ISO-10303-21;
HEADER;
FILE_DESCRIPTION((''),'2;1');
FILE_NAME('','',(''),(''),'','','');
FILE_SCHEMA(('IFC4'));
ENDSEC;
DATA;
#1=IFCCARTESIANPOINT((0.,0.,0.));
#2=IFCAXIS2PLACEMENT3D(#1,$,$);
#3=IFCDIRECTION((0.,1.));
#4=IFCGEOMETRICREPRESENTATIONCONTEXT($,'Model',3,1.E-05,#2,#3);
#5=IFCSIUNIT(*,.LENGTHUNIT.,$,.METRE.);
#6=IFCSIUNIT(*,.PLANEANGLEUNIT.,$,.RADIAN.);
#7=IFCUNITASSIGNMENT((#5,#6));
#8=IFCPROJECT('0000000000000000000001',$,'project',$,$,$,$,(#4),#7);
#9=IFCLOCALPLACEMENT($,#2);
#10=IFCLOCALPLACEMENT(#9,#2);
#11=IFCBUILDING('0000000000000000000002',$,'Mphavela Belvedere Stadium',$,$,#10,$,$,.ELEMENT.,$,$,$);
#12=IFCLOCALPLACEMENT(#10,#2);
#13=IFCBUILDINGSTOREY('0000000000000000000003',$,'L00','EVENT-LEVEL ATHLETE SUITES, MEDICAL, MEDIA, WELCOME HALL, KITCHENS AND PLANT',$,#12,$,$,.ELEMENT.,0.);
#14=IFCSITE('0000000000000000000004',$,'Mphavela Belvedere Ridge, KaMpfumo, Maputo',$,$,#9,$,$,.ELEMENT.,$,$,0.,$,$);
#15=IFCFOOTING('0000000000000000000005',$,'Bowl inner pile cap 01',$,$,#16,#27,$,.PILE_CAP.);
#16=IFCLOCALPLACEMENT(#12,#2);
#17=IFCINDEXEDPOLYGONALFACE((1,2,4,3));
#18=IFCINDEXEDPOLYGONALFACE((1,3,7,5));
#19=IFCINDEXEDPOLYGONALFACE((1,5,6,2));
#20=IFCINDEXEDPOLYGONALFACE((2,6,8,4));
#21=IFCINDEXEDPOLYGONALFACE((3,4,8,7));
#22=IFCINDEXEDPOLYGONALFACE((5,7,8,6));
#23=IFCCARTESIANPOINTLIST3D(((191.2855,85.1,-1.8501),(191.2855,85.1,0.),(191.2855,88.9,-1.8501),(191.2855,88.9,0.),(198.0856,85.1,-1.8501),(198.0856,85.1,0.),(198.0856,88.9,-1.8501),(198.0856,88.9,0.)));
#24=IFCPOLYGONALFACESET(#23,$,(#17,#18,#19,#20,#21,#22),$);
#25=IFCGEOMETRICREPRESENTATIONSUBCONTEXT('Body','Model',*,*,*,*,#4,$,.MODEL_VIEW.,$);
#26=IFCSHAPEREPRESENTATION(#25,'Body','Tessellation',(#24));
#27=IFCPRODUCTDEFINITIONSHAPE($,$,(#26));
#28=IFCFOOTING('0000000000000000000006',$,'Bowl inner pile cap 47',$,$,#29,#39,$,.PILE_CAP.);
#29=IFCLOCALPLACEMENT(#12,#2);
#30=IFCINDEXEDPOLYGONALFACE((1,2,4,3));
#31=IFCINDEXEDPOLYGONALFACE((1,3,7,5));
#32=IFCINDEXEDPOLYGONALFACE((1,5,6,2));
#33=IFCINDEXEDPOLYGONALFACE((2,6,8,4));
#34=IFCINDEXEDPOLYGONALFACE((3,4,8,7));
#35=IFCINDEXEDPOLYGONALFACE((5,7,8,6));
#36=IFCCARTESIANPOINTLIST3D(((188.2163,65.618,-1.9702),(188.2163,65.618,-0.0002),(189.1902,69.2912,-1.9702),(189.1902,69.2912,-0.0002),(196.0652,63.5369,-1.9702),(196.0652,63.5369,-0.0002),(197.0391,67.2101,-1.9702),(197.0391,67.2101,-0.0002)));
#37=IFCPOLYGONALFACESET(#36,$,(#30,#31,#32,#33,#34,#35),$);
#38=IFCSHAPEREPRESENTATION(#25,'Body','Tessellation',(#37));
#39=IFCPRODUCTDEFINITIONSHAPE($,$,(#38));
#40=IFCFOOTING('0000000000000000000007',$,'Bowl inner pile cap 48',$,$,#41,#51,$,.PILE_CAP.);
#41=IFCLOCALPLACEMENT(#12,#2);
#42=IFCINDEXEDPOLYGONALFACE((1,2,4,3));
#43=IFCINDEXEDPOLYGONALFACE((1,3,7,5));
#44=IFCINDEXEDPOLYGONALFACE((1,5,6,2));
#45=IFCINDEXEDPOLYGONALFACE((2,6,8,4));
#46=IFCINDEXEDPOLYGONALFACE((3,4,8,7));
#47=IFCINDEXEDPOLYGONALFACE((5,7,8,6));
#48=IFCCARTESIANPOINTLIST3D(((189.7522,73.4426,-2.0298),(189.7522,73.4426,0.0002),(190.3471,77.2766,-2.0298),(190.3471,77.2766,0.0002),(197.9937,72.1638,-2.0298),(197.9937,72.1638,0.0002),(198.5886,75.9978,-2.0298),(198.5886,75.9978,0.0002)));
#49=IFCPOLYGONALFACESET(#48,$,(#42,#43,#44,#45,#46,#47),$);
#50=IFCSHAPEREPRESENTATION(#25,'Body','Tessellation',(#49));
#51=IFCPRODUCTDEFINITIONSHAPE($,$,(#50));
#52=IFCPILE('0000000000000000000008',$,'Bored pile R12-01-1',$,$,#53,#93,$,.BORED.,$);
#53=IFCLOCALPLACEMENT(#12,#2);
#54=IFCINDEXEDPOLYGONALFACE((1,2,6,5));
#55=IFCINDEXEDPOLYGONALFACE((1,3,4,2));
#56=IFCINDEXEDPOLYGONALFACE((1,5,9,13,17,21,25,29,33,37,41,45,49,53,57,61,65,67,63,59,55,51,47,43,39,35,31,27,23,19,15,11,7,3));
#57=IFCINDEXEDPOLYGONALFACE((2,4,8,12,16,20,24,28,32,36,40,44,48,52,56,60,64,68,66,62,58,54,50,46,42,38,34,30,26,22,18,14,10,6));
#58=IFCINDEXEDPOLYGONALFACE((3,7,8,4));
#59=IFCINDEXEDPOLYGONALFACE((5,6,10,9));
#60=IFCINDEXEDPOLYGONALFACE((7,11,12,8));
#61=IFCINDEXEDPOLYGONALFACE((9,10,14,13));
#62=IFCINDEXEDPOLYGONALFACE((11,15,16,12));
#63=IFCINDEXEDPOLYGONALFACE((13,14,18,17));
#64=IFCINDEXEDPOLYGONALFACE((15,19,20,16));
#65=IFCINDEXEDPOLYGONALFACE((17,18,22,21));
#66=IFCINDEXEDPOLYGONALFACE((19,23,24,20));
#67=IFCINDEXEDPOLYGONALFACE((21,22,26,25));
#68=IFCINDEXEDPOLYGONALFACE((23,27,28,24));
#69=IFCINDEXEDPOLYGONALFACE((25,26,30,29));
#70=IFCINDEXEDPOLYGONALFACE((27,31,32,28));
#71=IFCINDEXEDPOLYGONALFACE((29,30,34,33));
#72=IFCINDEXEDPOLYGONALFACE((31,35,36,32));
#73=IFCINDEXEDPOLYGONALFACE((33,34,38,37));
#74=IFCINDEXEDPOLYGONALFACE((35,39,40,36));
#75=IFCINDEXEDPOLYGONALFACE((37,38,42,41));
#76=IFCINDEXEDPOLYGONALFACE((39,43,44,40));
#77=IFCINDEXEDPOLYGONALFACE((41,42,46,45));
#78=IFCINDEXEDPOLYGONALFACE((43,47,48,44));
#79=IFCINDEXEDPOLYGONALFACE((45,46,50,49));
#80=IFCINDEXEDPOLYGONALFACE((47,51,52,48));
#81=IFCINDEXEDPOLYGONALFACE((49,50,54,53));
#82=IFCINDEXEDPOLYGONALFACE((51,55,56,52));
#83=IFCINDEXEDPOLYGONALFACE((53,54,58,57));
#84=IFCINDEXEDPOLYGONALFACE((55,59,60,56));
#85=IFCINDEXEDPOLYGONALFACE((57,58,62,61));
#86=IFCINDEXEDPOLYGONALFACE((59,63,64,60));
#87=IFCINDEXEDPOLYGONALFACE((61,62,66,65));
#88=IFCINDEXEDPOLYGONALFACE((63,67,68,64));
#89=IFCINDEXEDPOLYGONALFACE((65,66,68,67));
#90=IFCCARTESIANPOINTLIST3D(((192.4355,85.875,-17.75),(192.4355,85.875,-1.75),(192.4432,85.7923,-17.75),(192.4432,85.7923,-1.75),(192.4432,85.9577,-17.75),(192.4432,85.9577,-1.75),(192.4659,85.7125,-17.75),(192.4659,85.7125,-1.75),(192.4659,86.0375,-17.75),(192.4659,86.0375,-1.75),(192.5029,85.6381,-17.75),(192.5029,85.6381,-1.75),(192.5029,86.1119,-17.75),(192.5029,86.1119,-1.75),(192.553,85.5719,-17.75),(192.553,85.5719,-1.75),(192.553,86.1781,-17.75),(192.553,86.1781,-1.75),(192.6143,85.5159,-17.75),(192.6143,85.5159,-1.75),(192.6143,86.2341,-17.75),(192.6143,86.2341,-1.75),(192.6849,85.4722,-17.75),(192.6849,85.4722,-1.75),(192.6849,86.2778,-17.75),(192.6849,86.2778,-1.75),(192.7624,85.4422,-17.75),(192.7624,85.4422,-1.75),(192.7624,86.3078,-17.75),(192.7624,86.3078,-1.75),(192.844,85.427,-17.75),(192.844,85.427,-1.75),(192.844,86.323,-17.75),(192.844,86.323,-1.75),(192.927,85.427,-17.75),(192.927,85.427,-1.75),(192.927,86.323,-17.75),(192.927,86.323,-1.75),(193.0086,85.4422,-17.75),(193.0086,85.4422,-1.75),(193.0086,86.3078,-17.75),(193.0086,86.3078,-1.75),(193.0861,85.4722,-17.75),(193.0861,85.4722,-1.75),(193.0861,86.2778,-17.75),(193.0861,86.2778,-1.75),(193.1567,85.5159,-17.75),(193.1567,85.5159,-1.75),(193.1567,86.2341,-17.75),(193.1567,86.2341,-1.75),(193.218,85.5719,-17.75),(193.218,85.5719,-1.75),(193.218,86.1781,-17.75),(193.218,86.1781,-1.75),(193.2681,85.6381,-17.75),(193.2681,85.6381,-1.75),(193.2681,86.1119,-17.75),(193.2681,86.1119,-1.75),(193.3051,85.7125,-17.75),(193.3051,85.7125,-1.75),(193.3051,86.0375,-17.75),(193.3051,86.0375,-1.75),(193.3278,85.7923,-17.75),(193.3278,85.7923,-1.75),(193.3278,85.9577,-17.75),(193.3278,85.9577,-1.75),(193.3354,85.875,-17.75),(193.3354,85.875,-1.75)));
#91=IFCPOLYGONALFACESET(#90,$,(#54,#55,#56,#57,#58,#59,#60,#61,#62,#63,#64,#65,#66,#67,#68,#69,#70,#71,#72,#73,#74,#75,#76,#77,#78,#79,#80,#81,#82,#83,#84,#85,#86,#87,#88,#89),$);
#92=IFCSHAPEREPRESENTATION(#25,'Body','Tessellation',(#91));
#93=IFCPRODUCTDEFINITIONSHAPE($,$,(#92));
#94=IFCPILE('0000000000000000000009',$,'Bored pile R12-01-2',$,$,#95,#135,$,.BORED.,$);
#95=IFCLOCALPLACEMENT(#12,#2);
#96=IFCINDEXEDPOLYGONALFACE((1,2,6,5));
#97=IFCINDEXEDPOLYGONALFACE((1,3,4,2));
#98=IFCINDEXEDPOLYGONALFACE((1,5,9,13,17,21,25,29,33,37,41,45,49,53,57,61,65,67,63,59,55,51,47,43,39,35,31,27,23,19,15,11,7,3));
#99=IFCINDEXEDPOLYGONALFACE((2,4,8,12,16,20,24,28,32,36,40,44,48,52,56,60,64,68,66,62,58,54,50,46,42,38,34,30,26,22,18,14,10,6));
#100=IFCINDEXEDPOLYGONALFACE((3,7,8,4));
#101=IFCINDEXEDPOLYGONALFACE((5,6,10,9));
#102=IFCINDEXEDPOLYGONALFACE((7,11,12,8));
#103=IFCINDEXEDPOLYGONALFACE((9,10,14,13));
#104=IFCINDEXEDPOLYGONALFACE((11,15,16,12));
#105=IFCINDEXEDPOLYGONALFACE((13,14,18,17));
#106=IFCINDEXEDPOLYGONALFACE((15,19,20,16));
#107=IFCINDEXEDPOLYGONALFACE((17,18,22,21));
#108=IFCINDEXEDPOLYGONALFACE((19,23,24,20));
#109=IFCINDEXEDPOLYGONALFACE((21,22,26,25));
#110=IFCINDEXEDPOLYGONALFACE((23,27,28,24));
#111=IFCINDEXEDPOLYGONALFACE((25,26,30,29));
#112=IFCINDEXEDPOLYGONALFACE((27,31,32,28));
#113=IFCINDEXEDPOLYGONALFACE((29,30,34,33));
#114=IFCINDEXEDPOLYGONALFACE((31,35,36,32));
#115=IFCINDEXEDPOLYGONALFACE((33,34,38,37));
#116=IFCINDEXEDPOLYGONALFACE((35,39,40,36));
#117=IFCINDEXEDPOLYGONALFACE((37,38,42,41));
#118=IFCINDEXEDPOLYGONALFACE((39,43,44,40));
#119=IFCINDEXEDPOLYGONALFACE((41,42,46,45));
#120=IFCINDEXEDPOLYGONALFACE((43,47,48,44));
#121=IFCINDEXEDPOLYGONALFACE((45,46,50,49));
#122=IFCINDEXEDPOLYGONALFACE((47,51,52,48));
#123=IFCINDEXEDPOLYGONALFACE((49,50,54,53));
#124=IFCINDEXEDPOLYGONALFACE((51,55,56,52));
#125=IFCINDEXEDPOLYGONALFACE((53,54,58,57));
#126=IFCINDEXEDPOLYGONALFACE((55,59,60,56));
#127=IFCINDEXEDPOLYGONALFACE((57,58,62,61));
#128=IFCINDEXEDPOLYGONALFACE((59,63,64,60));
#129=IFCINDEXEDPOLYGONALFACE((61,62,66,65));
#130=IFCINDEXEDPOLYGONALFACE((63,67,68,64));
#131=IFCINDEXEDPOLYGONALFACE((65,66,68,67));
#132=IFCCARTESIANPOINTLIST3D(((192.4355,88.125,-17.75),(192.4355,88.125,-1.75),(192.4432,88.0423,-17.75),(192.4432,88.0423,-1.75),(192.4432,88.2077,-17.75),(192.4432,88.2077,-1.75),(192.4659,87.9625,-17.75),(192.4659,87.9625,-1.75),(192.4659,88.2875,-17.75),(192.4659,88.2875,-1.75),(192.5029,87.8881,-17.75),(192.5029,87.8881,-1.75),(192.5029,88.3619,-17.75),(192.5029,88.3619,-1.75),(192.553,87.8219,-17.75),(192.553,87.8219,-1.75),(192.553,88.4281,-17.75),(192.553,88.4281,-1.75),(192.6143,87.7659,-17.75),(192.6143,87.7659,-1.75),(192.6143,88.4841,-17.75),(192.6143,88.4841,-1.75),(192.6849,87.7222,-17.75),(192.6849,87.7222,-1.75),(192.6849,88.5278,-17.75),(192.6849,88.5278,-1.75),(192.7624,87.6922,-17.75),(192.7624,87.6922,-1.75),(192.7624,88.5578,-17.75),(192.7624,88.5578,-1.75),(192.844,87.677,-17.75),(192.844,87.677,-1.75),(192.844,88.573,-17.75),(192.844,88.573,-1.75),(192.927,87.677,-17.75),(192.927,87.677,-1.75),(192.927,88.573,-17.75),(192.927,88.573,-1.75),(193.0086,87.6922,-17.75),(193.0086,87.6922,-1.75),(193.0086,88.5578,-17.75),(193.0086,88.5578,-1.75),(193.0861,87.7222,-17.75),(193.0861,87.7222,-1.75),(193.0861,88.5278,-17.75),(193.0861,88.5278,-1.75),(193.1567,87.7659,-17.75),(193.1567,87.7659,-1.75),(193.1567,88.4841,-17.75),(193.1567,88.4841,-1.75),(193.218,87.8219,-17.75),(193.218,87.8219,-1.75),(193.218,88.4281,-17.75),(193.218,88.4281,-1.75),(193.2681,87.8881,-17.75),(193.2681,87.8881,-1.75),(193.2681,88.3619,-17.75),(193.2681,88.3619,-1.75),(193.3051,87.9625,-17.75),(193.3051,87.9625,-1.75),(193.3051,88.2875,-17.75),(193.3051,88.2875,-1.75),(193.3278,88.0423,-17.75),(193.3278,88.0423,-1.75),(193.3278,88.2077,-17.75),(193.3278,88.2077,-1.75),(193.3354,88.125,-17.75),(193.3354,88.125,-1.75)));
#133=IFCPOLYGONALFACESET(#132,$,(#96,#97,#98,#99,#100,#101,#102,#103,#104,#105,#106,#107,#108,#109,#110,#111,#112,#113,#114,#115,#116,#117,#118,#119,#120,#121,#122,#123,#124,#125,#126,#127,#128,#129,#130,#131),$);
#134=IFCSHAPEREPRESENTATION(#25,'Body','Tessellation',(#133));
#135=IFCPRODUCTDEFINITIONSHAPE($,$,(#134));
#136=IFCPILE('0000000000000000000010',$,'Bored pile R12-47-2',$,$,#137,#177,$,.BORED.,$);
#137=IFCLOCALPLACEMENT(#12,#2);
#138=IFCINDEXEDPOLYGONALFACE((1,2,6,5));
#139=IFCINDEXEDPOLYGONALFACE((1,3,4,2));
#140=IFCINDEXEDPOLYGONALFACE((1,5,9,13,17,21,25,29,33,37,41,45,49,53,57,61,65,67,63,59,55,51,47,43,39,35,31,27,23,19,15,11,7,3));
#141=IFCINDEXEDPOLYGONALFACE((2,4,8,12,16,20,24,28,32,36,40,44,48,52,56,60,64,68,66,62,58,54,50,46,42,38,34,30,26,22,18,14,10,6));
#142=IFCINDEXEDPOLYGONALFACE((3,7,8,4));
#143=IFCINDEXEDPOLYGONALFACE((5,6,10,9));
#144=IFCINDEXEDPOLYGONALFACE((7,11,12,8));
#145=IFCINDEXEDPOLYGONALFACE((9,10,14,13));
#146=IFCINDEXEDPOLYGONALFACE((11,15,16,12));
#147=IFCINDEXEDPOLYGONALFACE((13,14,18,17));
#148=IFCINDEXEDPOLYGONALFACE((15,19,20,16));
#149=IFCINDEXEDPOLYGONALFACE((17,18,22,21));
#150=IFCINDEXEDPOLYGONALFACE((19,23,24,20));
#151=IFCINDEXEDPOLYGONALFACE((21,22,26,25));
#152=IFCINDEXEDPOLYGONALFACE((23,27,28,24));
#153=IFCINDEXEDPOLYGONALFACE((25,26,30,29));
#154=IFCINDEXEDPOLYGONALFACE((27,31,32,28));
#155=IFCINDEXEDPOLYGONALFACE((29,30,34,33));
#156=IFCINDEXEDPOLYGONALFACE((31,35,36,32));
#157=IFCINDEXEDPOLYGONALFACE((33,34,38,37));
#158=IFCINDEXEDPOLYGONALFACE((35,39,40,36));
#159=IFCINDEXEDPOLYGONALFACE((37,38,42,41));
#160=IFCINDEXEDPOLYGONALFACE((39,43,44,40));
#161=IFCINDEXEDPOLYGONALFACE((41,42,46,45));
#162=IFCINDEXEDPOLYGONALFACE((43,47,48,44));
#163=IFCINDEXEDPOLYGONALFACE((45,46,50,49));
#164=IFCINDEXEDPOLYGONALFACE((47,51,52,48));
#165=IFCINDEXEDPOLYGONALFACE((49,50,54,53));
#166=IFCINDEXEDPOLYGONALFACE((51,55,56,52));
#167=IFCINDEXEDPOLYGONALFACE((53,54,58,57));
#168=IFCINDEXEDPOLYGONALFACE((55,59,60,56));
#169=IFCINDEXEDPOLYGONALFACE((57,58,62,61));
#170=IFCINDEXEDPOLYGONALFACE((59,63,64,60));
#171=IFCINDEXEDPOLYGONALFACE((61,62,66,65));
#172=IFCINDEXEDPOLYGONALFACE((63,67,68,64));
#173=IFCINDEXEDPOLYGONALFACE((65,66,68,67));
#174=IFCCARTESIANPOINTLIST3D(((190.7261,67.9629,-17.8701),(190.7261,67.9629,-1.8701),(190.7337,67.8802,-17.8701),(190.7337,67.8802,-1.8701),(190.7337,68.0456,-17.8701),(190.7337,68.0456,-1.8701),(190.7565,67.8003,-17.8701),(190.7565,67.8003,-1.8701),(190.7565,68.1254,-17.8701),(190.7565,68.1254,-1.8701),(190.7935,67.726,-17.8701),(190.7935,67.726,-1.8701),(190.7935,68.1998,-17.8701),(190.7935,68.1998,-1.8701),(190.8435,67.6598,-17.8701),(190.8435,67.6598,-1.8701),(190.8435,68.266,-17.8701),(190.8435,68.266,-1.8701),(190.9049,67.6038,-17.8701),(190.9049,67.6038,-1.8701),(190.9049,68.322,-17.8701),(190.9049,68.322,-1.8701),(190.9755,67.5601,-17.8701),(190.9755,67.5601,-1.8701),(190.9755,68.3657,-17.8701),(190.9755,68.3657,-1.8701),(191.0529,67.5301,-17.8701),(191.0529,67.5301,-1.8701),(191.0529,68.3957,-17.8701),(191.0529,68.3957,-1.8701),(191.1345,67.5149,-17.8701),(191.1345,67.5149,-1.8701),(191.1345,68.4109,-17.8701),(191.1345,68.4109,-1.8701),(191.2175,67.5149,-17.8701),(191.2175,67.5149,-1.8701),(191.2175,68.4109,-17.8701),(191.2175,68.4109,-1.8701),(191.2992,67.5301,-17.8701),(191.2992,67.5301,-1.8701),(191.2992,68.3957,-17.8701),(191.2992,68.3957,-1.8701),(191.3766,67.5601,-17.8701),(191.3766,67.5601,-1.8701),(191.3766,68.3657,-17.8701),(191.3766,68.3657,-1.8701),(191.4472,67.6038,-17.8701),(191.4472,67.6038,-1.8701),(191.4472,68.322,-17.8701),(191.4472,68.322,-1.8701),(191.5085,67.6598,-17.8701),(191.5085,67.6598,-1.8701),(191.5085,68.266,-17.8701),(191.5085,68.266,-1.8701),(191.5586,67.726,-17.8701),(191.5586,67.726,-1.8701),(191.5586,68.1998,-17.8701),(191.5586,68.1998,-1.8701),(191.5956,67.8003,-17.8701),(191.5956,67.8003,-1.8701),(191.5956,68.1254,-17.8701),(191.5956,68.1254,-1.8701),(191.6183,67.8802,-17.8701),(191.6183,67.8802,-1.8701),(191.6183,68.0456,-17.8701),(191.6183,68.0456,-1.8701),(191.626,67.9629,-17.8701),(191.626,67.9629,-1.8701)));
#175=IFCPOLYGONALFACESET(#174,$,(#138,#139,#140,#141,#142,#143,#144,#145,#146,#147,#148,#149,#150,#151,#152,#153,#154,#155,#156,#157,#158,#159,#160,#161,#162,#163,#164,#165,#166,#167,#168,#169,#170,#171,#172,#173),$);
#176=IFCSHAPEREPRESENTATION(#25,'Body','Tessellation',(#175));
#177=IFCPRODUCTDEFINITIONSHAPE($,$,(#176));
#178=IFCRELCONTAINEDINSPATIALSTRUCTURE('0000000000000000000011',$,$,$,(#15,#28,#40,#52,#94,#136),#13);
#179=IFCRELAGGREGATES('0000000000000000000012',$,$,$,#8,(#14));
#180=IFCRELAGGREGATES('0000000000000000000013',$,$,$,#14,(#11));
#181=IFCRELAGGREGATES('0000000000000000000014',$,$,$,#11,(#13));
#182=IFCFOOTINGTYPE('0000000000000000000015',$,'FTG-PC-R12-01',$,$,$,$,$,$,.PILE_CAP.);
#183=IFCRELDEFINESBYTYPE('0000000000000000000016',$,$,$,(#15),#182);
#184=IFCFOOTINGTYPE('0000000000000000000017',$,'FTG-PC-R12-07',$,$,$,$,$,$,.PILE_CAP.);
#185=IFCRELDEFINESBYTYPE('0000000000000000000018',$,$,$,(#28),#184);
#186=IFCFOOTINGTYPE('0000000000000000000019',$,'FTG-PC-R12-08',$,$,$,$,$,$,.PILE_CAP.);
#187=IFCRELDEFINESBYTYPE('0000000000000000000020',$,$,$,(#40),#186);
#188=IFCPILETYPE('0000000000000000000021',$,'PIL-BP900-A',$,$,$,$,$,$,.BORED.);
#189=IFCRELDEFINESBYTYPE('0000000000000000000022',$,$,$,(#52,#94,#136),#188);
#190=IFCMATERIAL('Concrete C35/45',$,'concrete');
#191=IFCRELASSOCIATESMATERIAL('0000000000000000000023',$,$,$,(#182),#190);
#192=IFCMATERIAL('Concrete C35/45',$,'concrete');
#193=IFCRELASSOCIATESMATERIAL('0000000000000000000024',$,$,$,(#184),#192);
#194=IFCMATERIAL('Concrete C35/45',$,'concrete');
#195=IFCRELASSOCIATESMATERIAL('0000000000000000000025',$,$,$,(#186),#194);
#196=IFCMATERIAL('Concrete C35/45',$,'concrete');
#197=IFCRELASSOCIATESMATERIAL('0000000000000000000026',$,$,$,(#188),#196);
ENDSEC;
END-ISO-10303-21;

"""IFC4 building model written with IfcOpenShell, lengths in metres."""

from ifc_helpers import new_model, si_unit, direction, frame, origin, origin_2d, place, context, subcontext, project, spatial, rectangle, circle, extrude, material, material_profile, profile_set, type_object, element, save


model = new_model("IFC4")

# Units and contexts
model_context = context("Model", 3, precision=1e-05, world=origin(), true_north=direction((0.0, 1.0)))
body_context = subcontext(model_context, "Body", "Model", "MODEL_VIEW")
ifc_project = project(units=[si_unit("LENGTHUNIT", "METRE"), si_unit("PLANEANGLEUNIT", "RADIAN")], contexts=[model_context])

# Site, building, storey
site_placement = place(None, origin())
site = spatial("IfcSite", under=ifc_project, at=site_placement, Name="Mphavela Belvedere Ridge, KaMpfumo, Maputo", CompositionType="ELEMENT", RefElevation=0.0)
building_placement = place(site_placement, origin())
building = spatial("IfcBuilding", under=site, at=building_placement, Name="Mphavela Belvedere Stadium", CompositionType="ELEMENT")
storey_placement = place(building_placement, origin())
storey = spatial("IfcBuildingStorey", under=building, at=storey_placement, Name="L00", Description="EVENT-LEVEL ATHLETE SUITES, MEDICAL, MEDIA, WELCOME HALL, KITCHENS AND PLANT", CompositionType="ELEMENT", Elevation=0.0)

# Footings
ifc_material_1 = material(Name="Concrete C35/45", Category="concrete")
footing_type_1 = type_object("IfcFootingType", Name="FTG-PC-R12-01", PredefinedType="PILE_CAP", material=ifc_material_1)
footing_1_placement = place(storey_placement, frame((194.6855, 87.0, -1.8501), z_axis=(0.0, 0.0, 1.0), x_axis=(1.0, 0.0, 0.0)))
element("IfcFooting", 1, at=footing_1_placement, inside=storey, type_object=footing_type_1, Name="Bowl inner pile cap 01", PredefinedType="PILE_CAP", context=body_context, shape_type="SweptSolid", body=[
    extrude(rectangle(XDim=6.8, YDim=3.8, at=origin_2d()), origin(), (0.0, 0.0, 1.0), 1.8501),
])
ifc_material_2 = material(Name="Concrete C35/45", Category="concrete")
footing_type_2 = type_object("IfcFootingType", Name="FTG-PC-R12-07", PredefinedType="PILE_CAP", material=ifc_material_2)
footing_2_placement = place(storey_placement, frame((192.6277, 66.4141, -1.9702), z_axis=(0.0, 0.0, 1.0), x_axis=(0.9666, -0.256289, 0.0)))
element("IfcFooting", 2, at=footing_2_placement, inside=storey, type_object=footing_type_2, Name="Bowl inner pile cap 47", PredefinedType="PILE_CAP", context=body_context, shape_type="SweptSolid", body=[
    extrude(rectangle(XDim=8.1201, YDim=3.8, at=origin_2d()), origin(), (0.0, 0.0, 1.0), 1.97),
])
ifc_material_3 = material(Name="Concrete C35/45", Category="concrete")
footing_type_3 = type_object("IfcFootingType", Name="FTG-PC-R12-08", PredefinedType="PILE_CAP", material=ifc_material_3)
footing_3_placement = place(storey_placement, frame((194.1704, 74.7202, -2.0298), z_axis=(0.0, 0.0, 1.0), x_axis=(0.988175, -0.153331, 0.0)))
element("IfcFooting", 3, at=footing_3_placement, inside=storey, type_object=footing_type_3, Name="Bowl inner pile cap 48", PredefinedType="PILE_CAP", context=body_context, shape_type="SweptSolid", body=[
    extrude(rectangle(XDim=8.3401, YDim=3.8799, at=origin_2d()), origin(), (0.0, 0.0, 1.0), 2.03),
])

# Piles
ifc_material_4 = material(Name="Concrete C35/45", Category="concrete")
ifc_material_profile_1 = material_profile(ifc_material_4, circle(Radius=0.45, at=origin_2d()), Name="BP D900")
ifc_profile_set_1 = profile_set([ifc_material_profile_1], Name="Concrete C35/45")
pile_type_1 = type_object("IfcPileType", Name="PIL-BP900-A", PredefinedType="BORED", material=ifc_profile_set_1)
for number, where, z_axis, x_axis, name in (
    (4, (192.8855, 85.875, -1.75), (0.0, 0.0, -1.0), (1.0, 0.0, 0.0), "Bored pile R12-01-1"),
    (5, (192.8855, 88.125, -1.75), (0.0, 0.0, -1.0), (1.0, 0.0, 0.0), "Bored pile R12-01-2"),
    (6, (191.176, 67.9629, -1.8701), (0.0, 0.0, -1.0), (1.0, 0.0, 0.0), "Bored pile R12-47-2"),
):
    element("IfcPile", number, at=place(storey_placement, frame(where, z_axis=z_axis, x_axis=x_axis)), inside=storey, type_object=pile_type_1, Name=name, PredefinedType="BORED", context=body_context, shape_type="SweptSolid", body=[
        extrude(circle(Radius=0.45, at=origin_2d()), origin(), (0.0, 0.0, 1.0), 16.0),
    ])

save(model, "model.ifc")
